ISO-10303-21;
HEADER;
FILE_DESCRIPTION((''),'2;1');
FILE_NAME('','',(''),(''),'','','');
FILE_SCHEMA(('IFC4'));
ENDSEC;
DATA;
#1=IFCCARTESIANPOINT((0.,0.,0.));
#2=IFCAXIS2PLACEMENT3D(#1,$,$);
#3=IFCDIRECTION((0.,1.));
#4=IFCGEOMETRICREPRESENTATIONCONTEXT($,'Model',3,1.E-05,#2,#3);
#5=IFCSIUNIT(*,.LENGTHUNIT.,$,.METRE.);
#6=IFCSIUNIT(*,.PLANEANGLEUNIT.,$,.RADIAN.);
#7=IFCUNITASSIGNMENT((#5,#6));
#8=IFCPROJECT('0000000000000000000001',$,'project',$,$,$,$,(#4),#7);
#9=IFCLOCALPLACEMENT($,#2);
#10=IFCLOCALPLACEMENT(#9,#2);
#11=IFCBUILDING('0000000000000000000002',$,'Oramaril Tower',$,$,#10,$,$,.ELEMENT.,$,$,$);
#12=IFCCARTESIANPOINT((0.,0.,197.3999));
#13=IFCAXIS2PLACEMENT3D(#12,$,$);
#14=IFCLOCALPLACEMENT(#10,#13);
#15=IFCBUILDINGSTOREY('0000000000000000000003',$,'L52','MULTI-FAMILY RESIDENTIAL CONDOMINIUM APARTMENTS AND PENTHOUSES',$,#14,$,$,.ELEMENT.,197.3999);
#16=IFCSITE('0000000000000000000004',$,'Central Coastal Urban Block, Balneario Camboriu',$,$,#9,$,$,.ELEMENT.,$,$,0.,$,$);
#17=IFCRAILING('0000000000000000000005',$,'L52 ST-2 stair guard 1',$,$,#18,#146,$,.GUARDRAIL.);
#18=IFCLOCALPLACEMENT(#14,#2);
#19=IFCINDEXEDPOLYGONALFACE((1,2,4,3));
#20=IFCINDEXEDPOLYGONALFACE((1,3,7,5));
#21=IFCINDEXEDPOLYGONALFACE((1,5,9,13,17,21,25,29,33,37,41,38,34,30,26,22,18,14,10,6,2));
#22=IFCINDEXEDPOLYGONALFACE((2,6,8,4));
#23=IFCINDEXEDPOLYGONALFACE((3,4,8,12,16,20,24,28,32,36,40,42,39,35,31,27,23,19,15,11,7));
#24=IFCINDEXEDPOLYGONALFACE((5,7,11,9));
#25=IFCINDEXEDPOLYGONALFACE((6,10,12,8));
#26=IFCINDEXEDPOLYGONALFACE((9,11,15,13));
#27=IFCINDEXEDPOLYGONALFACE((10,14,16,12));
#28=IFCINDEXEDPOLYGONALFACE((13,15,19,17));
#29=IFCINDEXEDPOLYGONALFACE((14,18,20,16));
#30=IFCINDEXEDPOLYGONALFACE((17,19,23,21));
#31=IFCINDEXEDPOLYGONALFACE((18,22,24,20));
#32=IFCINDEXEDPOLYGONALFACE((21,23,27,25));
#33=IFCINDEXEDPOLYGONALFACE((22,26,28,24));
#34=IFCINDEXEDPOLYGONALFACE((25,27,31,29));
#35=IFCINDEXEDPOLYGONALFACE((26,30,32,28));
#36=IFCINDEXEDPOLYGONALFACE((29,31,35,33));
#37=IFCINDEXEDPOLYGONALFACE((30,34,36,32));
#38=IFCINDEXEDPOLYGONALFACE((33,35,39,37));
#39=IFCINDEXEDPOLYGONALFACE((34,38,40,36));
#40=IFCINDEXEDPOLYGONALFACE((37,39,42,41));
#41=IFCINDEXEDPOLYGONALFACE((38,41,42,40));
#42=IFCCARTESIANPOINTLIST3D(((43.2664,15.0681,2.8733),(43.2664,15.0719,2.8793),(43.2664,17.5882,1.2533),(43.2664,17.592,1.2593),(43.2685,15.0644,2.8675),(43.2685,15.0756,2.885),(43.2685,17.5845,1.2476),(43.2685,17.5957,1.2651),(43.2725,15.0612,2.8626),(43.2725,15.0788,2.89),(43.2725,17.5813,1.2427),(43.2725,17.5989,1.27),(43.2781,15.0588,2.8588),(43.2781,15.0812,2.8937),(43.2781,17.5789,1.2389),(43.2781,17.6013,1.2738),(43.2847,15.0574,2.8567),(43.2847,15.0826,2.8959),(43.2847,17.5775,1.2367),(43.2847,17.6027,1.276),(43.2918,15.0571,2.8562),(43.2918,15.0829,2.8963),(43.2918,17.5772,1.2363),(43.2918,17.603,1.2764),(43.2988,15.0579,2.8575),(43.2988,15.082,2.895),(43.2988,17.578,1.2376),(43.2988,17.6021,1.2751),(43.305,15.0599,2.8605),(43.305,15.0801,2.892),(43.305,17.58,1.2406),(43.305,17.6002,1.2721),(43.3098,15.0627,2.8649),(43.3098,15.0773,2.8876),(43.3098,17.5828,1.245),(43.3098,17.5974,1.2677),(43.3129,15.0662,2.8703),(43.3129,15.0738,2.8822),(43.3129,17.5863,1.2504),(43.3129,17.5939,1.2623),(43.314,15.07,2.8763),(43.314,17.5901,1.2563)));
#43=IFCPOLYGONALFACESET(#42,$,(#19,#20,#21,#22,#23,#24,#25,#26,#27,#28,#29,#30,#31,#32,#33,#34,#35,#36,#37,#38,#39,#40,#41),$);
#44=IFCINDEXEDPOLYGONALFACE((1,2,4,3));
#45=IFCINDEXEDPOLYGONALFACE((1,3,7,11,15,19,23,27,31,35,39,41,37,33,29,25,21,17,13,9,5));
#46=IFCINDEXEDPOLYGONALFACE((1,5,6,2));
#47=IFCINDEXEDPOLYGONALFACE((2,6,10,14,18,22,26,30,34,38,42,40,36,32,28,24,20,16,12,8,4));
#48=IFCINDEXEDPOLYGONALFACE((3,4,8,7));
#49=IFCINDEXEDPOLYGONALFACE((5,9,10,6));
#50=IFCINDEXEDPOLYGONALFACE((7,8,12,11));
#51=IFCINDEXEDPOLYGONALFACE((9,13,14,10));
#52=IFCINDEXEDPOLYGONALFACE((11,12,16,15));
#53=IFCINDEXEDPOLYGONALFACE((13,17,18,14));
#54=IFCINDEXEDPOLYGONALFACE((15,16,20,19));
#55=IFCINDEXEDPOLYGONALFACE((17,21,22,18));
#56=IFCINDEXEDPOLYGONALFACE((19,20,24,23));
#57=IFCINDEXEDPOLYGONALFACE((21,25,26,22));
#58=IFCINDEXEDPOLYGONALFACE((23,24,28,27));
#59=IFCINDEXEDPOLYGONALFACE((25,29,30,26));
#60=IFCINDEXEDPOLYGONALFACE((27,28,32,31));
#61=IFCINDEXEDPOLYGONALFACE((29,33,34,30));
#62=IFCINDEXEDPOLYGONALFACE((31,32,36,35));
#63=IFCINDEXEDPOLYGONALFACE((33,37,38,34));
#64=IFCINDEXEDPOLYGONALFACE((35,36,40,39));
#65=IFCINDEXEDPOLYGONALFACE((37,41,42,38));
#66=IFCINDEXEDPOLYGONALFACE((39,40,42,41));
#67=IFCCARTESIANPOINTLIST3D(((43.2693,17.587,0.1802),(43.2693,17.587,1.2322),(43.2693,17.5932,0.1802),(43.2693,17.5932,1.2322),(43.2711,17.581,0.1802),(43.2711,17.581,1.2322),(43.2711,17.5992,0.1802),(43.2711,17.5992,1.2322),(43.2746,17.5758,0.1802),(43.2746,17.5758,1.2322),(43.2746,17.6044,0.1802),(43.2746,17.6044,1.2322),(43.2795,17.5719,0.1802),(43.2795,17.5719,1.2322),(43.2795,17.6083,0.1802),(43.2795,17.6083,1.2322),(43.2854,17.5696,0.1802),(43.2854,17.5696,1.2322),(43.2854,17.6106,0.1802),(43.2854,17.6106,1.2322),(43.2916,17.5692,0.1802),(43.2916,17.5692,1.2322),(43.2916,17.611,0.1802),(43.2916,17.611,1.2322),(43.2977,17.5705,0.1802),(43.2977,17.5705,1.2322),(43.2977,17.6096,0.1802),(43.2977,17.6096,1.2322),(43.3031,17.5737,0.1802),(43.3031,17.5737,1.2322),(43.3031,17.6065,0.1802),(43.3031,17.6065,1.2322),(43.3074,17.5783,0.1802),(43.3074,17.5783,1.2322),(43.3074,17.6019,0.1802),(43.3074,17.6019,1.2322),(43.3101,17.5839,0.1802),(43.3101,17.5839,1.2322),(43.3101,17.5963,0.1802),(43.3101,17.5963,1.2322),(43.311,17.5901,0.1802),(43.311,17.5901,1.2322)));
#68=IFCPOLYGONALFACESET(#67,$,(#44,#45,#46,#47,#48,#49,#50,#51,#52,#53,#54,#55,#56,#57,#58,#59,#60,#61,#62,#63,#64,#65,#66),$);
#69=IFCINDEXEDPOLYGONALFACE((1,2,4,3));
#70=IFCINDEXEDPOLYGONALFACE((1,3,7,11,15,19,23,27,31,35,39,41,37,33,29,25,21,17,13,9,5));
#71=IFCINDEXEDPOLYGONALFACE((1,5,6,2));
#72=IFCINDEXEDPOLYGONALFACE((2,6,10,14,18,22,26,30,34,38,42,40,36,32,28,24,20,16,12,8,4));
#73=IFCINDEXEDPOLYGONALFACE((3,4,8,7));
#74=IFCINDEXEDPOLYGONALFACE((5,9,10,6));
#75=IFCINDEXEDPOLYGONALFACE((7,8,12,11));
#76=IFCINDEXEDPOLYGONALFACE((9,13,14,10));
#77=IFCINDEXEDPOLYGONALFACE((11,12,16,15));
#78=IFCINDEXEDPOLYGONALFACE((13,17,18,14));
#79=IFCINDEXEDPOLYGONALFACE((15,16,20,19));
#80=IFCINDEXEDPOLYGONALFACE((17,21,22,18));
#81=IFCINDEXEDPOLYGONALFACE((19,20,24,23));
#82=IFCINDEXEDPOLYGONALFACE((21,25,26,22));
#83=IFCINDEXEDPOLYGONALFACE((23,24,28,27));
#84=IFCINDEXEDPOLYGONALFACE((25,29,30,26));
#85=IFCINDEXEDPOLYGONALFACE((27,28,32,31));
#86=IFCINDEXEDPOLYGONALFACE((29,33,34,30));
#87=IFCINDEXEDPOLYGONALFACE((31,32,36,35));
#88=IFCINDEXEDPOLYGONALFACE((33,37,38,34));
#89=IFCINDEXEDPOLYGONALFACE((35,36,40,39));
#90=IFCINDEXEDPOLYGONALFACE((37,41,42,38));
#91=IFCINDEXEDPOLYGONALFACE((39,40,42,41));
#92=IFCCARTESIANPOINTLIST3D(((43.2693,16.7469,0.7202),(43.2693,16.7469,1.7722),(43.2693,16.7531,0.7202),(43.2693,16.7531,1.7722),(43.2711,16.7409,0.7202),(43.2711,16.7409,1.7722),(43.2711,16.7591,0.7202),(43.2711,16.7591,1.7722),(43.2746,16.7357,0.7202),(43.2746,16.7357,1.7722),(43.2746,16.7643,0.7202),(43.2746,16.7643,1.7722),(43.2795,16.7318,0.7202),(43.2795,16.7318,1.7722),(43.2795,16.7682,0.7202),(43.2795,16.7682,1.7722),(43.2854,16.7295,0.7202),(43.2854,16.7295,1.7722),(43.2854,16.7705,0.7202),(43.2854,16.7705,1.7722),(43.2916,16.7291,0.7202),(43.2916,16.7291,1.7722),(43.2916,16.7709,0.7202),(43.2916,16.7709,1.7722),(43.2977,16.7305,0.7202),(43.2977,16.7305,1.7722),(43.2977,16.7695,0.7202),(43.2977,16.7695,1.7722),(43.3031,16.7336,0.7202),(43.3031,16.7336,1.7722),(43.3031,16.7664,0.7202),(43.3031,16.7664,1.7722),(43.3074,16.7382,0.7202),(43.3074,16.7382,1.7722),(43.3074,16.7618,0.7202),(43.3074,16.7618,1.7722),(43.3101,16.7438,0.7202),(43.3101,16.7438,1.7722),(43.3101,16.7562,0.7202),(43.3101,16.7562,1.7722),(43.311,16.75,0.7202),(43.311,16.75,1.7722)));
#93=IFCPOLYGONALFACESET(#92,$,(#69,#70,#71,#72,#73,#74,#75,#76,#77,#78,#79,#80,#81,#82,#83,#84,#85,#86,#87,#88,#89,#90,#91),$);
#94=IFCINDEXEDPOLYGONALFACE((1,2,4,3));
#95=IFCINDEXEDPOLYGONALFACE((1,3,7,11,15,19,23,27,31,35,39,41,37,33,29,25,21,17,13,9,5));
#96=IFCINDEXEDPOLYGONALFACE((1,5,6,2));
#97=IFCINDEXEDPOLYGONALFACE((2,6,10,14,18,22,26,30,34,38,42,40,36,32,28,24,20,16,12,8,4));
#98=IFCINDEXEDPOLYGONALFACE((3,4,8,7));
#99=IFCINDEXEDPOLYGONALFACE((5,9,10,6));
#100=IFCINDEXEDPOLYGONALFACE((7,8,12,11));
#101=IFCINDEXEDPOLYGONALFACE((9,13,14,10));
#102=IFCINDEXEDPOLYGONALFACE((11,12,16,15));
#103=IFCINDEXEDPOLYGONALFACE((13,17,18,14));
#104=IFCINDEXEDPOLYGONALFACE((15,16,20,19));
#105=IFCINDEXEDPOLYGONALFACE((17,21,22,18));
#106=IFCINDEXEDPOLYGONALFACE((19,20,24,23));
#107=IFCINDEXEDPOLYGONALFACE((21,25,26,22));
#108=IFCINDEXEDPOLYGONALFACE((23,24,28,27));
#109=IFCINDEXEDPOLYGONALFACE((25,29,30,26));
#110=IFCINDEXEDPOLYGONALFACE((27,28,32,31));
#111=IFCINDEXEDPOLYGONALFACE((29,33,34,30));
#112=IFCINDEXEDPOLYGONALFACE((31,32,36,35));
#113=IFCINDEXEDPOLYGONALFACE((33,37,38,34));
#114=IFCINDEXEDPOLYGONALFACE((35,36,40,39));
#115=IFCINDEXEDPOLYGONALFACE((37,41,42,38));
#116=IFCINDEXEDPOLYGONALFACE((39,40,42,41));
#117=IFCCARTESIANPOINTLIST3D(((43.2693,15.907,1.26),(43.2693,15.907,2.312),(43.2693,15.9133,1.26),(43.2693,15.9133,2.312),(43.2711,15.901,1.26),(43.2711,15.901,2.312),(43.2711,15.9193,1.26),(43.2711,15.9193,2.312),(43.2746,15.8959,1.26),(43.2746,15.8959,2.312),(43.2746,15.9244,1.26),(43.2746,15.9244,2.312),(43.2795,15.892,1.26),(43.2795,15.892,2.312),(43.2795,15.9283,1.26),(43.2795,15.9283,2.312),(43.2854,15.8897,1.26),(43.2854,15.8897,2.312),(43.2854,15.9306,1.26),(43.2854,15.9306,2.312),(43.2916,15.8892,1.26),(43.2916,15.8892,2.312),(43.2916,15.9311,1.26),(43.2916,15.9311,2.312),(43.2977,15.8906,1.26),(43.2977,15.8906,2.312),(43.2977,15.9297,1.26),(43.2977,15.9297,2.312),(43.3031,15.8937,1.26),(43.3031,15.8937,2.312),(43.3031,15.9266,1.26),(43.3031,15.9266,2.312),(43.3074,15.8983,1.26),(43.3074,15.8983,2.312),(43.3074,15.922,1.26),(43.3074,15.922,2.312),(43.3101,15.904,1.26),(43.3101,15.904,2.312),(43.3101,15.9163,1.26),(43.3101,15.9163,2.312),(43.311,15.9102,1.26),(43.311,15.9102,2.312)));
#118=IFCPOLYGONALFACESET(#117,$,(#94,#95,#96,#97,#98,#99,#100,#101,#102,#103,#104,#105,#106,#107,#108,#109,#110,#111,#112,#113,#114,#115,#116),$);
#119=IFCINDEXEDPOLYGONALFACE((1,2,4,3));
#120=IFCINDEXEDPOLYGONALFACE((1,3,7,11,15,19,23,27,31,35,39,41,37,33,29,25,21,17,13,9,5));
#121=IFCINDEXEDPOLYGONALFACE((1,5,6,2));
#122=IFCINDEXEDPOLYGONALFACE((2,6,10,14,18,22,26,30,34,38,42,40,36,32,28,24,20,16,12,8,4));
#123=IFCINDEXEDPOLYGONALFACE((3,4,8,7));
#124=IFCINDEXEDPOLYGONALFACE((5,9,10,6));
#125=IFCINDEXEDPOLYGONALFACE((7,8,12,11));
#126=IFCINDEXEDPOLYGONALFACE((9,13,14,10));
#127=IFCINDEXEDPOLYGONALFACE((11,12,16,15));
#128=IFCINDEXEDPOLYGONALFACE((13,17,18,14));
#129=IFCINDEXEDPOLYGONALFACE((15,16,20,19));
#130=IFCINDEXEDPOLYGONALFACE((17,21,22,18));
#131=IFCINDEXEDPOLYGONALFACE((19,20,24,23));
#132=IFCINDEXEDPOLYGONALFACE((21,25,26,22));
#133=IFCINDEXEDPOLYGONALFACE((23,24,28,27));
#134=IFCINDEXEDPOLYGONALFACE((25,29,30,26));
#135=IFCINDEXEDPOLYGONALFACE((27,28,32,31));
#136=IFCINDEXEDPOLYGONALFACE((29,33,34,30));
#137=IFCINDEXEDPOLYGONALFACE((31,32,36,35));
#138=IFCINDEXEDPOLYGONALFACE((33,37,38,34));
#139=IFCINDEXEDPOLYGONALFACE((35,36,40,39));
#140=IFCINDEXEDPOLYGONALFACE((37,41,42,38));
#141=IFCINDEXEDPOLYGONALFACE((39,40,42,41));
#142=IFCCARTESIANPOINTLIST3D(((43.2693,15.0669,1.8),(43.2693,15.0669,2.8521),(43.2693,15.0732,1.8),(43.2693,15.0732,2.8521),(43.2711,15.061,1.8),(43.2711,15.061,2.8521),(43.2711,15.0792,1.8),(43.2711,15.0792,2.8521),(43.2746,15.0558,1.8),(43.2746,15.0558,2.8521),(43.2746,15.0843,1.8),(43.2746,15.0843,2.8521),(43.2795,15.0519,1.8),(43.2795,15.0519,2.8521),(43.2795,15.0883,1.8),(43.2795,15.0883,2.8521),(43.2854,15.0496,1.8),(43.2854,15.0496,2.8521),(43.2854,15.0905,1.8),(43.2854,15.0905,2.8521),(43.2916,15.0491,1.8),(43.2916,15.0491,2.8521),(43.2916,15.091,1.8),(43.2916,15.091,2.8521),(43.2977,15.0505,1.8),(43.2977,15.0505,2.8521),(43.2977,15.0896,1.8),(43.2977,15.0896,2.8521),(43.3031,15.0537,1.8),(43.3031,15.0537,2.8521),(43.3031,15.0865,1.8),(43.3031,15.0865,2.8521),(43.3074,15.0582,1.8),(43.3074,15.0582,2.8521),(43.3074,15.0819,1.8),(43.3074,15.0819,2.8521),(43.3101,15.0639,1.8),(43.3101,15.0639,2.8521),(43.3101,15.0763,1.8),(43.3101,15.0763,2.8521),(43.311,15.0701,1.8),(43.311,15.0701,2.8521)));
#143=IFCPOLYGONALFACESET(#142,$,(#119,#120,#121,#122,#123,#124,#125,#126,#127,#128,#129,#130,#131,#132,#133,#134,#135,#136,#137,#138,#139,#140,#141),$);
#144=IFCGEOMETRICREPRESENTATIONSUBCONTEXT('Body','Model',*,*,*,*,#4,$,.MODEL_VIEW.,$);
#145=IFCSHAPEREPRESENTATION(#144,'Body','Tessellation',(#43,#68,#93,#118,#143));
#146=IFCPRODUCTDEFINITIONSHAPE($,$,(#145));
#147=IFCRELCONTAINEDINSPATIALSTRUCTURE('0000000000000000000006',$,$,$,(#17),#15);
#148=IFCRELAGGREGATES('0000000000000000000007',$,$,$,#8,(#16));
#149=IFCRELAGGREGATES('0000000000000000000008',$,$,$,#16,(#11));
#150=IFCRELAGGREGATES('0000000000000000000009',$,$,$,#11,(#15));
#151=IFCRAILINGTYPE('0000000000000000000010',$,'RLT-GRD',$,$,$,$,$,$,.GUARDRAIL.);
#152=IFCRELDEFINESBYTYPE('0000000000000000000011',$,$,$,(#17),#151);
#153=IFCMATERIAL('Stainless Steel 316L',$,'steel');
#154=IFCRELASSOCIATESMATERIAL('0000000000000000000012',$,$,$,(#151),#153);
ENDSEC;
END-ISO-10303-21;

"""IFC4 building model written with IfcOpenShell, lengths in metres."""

from ifc_helpers import new_model, si_unit, direction, frame, origin, origin_2d, place, context, subcontext, project, spatial, circle, extrude, material, type_object, element, save


model = new_model("IFC4")

# Units and contexts
model_context = context("Model", 3, precision=1e-05, world=origin(), true_north=direction((0.0, 1.0)))
body_context = subcontext(model_context, "Body", "Model", "MODEL_VIEW")
ifc_project = project(units=[si_unit("LENGTHUNIT", "METRE"), si_unit("PLANEANGLEUNIT", "RADIAN")], contexts=[model_context])

# Site, building, storey
site_placement = place(None, origin())
site = spatial("IfcSite", under=ifc_project, at=site_placement, Name="Central Coastal Urban Block, Balneario Camboriu", CompositionType="ELEMENT", RefElevation=0.0)
building_placement = place(site_placement, origin())
building = spatial("IfcBuilding", under=site, at=building_placement, Name="Oramaril Tower", CompositionType="ELEMENT")
storey_placement = place(building_placement, frame((0.0, 0.0, 197.3999)))
storey = spatial("IfcBuildingStorey", under=building, at=storey_placement, Name="L52", Description="MULTI-FAMILY RESIDENTIAL CONDOMINIUM APARTMENTS AND PENTHOUSES", CompositionType="ELEMENT", Elevation=197.3999)

# Railing
ifc_material_1 = material(Name="Stainless Steel 316L", Category="steel")
railing_type_1 = type_object("IfcRailingType", Name="RLT-GRD", PredefinedType="GUARDRAIL", material=ifc_material_1)
railing_1_placement = place(storey_placement, frame((43.29, 17.5901, 0.1802)))
element("IfcRailing", 1, at=railing_1_placement, inside=storey, type_object=railing_type_1, Name="L52 ST-2 stair guard 1", PredefinedType="GUARDRAIL", context=body_context, shape_type="SweptSolid", body=[
    extrude(circle(Radius=0.0239, at=origin_2d()), frame((0.0, 0.0, 1.0762), z_axis=(0.0, -0.8412, 0.540725), x_axis=(1.0, 0.0, 0.0)), (0.0, 0.0, 1.0), 2.9958),
    extrude(circle(Radius=0.021, at=origin_2d()), origin(), (0.0, 0.0, 1.0), 1.052),
    extrude(circle(Radius=0.021, at=origin_2d()), frame((0.0, -0.8401, 0.54)), (0.0, 0.0, 1.0), 1.052),
    extrude(circle(Radius=0.021, at=origin_2d()), frame((0.0, -1.6799, 1.0798)), (0.0, 0.0, 1.0), 1.052),
    extrude(circle(Radius=0.021, at=origin_2d()), frame((0.0, -2.52, 1.6199)), (0.0, 0.0, 1.0), 1.052),
])

save(model, "model.ifc")
